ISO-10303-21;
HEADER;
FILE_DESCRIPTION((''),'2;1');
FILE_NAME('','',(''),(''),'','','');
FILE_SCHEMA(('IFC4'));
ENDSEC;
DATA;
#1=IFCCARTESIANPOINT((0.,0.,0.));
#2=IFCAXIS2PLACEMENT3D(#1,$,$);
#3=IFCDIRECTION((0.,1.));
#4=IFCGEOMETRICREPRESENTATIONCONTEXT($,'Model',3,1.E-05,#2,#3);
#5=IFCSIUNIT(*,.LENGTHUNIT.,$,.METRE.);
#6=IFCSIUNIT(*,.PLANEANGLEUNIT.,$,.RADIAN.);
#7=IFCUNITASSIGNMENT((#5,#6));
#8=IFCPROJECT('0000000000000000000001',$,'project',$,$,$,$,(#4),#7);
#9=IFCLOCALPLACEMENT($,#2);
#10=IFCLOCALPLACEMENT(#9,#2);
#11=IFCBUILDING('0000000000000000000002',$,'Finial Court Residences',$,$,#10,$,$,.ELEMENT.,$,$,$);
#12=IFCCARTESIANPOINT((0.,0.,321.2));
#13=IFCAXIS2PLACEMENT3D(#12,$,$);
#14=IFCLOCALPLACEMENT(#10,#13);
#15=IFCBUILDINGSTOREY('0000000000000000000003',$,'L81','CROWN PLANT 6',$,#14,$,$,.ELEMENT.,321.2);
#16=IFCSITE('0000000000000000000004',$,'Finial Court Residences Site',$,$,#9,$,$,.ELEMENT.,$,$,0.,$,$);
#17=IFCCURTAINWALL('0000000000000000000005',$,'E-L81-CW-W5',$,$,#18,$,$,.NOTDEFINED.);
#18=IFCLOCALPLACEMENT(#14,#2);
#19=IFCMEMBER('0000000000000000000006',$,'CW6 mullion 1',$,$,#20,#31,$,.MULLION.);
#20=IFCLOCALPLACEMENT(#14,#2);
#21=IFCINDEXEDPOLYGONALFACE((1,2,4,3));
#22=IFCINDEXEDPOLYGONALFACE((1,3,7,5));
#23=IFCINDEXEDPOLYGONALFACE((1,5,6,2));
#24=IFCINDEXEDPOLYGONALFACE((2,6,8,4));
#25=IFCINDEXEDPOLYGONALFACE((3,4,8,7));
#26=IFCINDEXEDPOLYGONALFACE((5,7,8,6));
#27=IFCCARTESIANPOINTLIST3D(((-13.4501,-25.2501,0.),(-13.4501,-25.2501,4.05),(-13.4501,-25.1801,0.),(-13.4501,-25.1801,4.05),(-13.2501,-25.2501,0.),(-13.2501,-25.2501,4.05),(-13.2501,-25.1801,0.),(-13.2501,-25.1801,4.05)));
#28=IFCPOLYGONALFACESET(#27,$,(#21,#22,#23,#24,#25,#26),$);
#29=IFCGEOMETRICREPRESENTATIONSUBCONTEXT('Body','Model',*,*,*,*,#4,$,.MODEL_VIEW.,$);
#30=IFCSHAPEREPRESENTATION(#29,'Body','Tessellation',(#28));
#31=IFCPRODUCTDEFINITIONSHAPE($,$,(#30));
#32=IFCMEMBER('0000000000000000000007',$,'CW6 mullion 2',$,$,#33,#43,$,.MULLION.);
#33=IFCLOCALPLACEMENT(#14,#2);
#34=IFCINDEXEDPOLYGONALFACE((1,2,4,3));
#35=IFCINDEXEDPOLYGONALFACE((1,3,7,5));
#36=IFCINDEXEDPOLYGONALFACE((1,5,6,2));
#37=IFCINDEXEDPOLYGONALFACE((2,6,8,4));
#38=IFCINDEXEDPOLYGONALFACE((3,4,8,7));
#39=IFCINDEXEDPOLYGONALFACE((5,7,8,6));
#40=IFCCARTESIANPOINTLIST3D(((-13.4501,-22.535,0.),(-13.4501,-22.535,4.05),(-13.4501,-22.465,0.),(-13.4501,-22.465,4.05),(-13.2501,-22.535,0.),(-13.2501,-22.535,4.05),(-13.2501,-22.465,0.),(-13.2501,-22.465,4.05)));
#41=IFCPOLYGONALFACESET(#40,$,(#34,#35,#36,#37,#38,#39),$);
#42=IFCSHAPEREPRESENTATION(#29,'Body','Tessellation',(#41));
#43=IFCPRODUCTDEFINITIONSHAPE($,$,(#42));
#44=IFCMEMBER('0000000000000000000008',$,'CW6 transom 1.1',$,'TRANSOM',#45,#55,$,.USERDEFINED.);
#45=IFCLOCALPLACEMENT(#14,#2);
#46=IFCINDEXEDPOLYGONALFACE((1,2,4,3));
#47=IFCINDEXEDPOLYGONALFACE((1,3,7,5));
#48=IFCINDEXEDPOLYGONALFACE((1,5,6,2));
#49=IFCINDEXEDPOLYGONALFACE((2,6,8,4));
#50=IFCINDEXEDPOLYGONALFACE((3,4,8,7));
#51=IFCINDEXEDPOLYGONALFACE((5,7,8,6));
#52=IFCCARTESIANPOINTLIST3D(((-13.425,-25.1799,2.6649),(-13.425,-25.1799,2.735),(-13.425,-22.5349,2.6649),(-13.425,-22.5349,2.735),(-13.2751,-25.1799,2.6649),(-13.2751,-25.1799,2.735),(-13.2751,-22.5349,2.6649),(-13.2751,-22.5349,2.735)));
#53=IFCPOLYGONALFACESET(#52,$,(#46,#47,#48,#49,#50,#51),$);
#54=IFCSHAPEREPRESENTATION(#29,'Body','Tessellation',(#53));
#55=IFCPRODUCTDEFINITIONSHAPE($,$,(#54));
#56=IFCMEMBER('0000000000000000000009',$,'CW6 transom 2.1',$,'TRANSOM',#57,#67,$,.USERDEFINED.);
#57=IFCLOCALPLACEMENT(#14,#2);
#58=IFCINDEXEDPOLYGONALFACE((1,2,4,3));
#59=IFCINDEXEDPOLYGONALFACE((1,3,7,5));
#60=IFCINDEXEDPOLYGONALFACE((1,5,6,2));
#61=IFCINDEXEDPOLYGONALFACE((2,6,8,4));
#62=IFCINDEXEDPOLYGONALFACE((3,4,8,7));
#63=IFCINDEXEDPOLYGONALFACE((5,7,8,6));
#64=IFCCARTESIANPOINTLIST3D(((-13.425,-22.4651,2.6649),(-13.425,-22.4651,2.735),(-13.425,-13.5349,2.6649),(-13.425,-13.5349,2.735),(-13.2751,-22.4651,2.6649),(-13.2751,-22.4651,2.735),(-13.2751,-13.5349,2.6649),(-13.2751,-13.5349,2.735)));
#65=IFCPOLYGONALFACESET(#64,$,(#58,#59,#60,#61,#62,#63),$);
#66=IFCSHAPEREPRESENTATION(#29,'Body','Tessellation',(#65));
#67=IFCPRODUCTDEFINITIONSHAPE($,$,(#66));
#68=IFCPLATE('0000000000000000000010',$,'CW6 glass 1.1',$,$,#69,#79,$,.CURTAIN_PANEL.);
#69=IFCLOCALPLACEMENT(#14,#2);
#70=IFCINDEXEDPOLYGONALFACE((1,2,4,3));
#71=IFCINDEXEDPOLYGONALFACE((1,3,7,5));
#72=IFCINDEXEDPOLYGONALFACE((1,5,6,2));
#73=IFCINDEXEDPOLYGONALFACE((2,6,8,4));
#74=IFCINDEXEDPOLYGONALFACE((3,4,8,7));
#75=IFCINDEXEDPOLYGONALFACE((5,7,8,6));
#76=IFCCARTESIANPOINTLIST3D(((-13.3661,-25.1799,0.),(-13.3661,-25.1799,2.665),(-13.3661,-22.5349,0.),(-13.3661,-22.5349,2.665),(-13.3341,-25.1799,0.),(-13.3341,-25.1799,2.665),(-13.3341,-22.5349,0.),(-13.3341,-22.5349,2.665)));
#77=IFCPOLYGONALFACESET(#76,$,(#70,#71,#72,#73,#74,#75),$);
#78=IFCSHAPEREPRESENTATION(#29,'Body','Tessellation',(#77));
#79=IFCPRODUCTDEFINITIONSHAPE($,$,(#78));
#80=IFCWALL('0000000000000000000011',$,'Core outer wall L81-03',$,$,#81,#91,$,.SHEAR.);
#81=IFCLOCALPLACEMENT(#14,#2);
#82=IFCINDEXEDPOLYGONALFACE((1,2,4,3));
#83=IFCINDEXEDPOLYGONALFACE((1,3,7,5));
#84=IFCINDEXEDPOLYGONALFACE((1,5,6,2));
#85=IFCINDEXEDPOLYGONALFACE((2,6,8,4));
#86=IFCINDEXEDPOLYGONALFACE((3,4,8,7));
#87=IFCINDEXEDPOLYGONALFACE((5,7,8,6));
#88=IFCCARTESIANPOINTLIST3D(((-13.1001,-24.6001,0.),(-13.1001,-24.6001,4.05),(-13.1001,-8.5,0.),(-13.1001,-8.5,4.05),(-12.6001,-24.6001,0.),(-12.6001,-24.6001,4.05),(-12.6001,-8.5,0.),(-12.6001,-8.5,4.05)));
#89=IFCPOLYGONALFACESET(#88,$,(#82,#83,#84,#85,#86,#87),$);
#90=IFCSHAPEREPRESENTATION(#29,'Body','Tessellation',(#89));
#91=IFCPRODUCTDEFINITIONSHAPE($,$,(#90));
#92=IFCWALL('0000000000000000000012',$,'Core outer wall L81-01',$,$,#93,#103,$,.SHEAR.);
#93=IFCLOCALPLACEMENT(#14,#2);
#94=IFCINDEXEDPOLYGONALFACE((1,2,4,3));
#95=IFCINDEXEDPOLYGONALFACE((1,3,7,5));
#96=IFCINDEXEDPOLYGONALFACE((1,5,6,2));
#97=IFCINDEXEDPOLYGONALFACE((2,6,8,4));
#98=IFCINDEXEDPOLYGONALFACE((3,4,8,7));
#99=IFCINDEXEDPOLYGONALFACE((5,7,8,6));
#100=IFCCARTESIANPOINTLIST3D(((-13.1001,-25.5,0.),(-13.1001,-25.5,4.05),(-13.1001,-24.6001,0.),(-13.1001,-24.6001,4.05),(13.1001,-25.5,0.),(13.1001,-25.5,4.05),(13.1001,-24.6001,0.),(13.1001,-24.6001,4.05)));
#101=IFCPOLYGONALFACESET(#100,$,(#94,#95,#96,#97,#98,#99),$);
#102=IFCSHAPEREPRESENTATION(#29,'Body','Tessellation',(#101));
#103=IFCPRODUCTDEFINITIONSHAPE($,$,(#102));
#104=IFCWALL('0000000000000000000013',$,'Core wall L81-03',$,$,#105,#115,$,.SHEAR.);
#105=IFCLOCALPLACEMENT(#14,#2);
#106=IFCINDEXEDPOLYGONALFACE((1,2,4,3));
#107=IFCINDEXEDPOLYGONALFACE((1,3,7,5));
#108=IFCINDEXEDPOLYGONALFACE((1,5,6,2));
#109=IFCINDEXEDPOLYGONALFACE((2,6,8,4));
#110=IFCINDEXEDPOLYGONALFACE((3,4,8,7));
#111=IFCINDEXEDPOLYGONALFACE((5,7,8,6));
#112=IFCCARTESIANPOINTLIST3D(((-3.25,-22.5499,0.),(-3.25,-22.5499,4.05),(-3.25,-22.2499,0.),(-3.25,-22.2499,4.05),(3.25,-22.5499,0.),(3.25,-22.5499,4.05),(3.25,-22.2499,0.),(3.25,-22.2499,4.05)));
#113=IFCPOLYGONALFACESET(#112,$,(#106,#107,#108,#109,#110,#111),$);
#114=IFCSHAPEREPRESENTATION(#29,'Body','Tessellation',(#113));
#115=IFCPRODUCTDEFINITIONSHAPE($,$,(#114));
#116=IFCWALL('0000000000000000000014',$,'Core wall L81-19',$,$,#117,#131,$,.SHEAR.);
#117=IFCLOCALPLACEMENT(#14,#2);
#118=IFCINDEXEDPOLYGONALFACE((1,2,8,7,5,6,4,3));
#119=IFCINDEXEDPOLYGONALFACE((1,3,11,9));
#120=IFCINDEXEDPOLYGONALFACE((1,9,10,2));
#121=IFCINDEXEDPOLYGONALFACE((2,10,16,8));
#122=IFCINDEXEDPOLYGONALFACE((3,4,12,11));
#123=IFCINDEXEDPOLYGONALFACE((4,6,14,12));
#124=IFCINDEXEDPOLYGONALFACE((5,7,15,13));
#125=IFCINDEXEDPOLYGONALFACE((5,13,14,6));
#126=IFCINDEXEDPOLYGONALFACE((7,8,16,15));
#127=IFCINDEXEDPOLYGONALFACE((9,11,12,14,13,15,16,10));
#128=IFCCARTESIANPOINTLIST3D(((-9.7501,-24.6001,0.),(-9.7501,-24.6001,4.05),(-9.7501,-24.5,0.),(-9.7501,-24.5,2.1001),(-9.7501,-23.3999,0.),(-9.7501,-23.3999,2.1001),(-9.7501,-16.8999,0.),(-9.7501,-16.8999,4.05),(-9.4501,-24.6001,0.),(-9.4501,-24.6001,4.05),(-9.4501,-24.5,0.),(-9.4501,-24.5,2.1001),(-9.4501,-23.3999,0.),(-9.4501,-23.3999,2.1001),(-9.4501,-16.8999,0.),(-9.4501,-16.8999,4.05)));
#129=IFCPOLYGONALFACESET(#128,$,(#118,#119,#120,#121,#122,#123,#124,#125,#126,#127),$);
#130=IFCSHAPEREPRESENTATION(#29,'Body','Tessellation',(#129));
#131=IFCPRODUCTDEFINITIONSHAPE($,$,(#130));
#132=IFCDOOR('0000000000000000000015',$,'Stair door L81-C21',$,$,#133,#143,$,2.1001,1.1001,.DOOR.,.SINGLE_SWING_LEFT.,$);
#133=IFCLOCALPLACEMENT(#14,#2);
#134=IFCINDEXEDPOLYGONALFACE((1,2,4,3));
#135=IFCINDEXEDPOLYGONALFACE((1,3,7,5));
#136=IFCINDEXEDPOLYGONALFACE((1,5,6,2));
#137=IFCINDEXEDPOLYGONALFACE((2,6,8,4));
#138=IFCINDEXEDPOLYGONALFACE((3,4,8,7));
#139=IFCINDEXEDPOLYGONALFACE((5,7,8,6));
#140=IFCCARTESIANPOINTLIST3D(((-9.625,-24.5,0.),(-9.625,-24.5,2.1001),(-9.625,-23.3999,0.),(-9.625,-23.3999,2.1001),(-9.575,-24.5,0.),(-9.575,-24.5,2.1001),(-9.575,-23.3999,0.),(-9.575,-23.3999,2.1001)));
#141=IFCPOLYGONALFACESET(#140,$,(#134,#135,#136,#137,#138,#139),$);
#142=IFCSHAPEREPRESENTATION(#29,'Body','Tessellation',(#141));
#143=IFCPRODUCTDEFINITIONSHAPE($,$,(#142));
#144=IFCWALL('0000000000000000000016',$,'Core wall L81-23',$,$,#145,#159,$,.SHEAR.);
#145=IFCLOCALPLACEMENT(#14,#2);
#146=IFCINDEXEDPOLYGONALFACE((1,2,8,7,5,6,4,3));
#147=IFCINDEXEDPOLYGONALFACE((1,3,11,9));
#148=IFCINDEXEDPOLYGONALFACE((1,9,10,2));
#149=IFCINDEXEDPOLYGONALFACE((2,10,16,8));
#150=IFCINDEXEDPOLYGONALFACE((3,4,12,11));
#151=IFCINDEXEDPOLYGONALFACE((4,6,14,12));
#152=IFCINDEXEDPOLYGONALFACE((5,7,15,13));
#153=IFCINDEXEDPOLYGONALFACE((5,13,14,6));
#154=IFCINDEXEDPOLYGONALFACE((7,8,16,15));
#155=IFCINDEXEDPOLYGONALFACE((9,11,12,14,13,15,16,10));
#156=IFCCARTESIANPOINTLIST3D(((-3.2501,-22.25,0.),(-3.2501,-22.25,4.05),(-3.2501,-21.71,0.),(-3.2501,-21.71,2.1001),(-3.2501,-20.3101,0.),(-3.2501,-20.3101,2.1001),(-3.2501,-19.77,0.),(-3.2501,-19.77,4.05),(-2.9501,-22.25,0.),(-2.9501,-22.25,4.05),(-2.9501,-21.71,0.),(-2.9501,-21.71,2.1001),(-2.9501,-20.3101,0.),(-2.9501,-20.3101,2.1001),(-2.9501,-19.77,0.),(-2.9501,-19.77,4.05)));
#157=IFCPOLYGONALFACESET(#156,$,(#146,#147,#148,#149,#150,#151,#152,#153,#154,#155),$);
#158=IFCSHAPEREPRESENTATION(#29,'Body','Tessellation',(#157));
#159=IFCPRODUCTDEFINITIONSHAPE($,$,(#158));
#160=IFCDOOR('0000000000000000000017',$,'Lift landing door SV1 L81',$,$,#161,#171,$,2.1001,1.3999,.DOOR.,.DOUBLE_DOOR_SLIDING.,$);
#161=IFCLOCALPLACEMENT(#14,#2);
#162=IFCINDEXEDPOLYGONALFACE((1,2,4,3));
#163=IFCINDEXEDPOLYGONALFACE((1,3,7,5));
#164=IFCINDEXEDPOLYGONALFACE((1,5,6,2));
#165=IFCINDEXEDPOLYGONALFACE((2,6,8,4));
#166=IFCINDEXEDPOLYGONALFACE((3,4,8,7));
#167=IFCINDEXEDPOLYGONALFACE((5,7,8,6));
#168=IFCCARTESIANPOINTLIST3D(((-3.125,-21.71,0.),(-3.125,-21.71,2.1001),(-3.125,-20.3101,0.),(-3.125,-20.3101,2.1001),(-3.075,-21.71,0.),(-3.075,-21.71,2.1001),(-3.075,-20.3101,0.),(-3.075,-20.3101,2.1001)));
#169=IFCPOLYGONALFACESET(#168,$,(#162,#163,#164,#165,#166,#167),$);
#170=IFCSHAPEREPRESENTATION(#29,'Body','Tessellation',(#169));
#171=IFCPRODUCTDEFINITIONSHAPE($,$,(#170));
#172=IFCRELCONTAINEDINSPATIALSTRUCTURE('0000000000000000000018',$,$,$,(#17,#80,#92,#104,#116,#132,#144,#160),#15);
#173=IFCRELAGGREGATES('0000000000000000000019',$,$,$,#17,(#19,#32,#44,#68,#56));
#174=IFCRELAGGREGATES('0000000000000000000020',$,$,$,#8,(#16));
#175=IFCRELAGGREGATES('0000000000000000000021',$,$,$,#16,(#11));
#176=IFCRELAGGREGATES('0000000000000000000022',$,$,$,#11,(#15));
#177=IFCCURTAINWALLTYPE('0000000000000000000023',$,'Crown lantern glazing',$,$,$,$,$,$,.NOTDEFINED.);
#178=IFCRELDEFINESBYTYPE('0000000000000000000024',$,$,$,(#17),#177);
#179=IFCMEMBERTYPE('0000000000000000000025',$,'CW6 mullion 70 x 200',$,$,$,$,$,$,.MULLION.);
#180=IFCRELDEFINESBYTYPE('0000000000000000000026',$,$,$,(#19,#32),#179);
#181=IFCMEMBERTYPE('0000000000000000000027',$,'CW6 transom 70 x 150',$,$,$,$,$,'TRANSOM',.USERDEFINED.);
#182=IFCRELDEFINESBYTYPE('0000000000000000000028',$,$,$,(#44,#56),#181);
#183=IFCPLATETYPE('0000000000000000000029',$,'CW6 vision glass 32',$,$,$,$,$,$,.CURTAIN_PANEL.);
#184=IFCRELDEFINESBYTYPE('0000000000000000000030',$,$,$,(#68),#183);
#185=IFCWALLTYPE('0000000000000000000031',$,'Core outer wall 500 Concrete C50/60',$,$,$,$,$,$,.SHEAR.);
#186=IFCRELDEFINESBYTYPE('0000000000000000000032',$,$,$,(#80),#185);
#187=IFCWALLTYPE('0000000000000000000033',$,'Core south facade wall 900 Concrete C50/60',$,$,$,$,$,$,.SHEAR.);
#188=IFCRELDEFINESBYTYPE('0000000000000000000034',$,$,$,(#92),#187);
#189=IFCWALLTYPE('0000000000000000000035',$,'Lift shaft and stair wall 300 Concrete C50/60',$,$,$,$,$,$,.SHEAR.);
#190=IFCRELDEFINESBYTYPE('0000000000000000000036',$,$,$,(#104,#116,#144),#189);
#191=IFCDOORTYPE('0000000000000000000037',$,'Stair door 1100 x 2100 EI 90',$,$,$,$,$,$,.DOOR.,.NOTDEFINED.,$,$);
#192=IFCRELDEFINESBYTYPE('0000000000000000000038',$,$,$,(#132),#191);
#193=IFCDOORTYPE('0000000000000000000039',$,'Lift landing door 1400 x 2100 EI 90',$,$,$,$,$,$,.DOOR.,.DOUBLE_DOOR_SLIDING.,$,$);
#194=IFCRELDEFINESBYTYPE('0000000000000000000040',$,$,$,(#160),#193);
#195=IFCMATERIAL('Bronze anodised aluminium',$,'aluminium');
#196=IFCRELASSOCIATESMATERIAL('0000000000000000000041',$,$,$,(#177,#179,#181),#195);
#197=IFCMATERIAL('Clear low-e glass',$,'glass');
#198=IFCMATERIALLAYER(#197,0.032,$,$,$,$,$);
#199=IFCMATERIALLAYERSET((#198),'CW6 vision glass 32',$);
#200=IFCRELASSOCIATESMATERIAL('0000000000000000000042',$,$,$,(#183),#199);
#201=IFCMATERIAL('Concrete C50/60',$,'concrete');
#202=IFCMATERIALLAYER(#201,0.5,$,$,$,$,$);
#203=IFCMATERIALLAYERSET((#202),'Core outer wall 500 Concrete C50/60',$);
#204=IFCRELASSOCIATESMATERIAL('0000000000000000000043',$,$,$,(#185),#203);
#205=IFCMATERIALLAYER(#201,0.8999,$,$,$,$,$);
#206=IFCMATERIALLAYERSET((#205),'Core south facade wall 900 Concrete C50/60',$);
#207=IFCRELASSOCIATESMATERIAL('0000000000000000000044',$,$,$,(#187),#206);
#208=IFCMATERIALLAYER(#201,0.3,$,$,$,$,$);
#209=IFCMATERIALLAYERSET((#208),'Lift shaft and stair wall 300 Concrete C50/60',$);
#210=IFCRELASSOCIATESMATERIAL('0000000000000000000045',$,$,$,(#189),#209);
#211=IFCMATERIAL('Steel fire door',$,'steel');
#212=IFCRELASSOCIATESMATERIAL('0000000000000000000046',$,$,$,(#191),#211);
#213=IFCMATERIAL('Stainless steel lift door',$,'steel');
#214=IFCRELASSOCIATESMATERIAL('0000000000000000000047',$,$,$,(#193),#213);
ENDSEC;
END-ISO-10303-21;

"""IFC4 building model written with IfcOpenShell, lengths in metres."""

from ifc_helpers import new_model, si_unit, direction, frame, frame_2d, origin, origin_2d, place, context, subcontext, project, spatial, rectangle, extrude, material, layer, layer_set, material_profile, profile_set, type_object, element, fill, aggregate, save


model = new_model("IFC4")

# Units and contexts
model_context = context("Model", 3, precision=1e-05, world=origin(), true_north=direction((0.0, 1.0)))
body_context = subcontext(model_context, "Body", "Model", "MODEL_VIEW")
ifc_project = project(units=[si_unit("LENGTHUNIT", "METRE"), si_unit("PLANEANGLEUNIT", "RADIAN")], contexts=[model_context])

# Site, building, storey
site_placement = place(None, origin())
site = spatial("IfcSite", under=ifc_project, at=site_placement, Name="Finial Court Residences Site", CompositionType="ELEMENT", RefElevation=0.0)
building_placement = place(site_placement, origin())
building = spatial("IfcBuilding", under=site, at=building_placement, Name="Finial Court Residences", CompositionType="ELEMENT")
storey_placement = place(building_placement, frame((0.0, 0.0, 321.2)))
storey = spatial("IfcBuildingStorey", under=building, at=storey_placement, Name="L81", Description="CROWN PLANT 6", CompositionType="ELEMENT", Elevation=321.2)

# Curtain wall, members, plate
ifc_material_1 = material(Name="Bronze anodised aluminium", Category="aluminium")
curtain_wall_type = type_object("IfcCurtainWallType", Name="Crown lantern glazing", PredefinedType="NOTDEFINED", material=ifc_material_1)
curtain_wall_placement = place(storey_placement, origin())
curtain_wall = element("IfcCurtainWall", 1, at=curtain_wall_placement, inside=storey, type_object=curtain_wall_type, Name="E-L81-CW-W5", PredefinedType="NOTDEFINED")
ifc_material_profile_1 = material_profile(ifc_material_1, rectangle(XDim=0.2, YDim=0.0701, at=origin_2d()), Name="CW6 mullion 70 x 200")
ifc_profile_set_1 = profile_set([ifc_material_profile_1], Name="Bronze anodised aluminium")
member_type_1 = type_object("IfcMemberType", Name="CW6 mullion 70 x 200", PredefinedType="MULLION", material=ifc_profile_set_1)
member_1_placement = place(storey_placement, frame((-13.3501, -25.2151, 0.0), z_axis=(0.0, 0.0, 1.0), x_axis=(-1.0, 0.0, 0.0)))
member_1 = element("IfcMember", 2, at=member_1_placement, type_object=member_type_1, Name="CW6 mullion 1", PredefinedType="MULLION", context=body_context, shape_type="SweptSolid", body=[
    extrude(rectangle(XDim=0.2, YDim=0.0701, at=origin_2d()), origin(), (0.0, 0.0, 1.0), 4.05),
])
member_2_placement = place(storey_placement, frame((-13.3501, -22.5, 0.0), z_axis=(0.0, 0.0, 1.0), x_axis=(-1.0, 0.0, 0.0)))
member_2 = element("IfcMember", 3, at=member_2_placement, type_object=member_type_1, Name="CW6 mullion 2", PredefinedType="MULLION", context=body_context, shape_type="SweptSolid", body=[
    extrude(rectangle(XDim=0.2, YDim=0.0701, at=origin_2d()), origin(), (0.0, 0.0, 1.0), 4.05),
])
ifc_material_profile_2 = material_profile(ifc_material_1, rectangle(XDim=0.1499, YDim=0.0701, at=origin_2d()), Name="CW6 transom 70 x 150")
ifc_profile_set_2 = profile_set([ifc_material_profile_2], Name="Bronze anodised aluminium")
member_type_2 = type_object("IfcMemberType", Name="CW6 transom 70 x 150", ElementType="TRANSOM", PredefinedType="USERDEFINED", material=ifc_profile_set_2)
member_3_placement = place(storey_placement, frame((-13.3501, -25.1799, 2.7), z_axis=(0.0, 1.0, 0.0), x_axis=(-1.0, 0.0, 0.0)))
member_3 = element("IfcMember", 4, at=member_3_placement, type_object=member_type_2, Name="CW6 transom 1.1", ObjectType="TRANSOM", PredefinedType="USERDEFINED", context=body_context, shape_type="SweptSolid", body=[
    extrude(rectangle(XDim=0.1499, YDim=0.0701, at=origin_2d()), origin(), (0.0, 0.0, 1.0), 2.645),
])
member_4_placement = place(storey_placement, frame((-13.3501, -22.4651, 2.7), z_axis=(0.0, 1.0, 0.0), x_axis=(-1.0, 0.0, 0.0)))
member_4 = element("IfcMember", 5, at=member_4_placement, type_object=member_type_2, Name="CW6 transom 2.1", ObjectType="TRANSOM", PredefinedType="USERDEFINED", context=body_context, shape_type="SweptSolid", body=[
    extrude(rectangle(XDim=0.1499, YDim=0.0701, at=origin_2d()), origin(), (0.0, 0.0, 1.0), 8.9302),
])
ifc_material_2 = material(Name="Clear low-e glass", Category="glass")
ifc_layer_1 = layer(ifc_material_2, 0.032)
ifc_layer_set_1 = layer_set([ifc_layer_1], Name="CW6 vision glass 32")
plate_type = type_object("IfcPlateType", Name="CW6 vision glass 32", PredefinedType="CURTAIN_PANEL", material=ifc_layer_set_1)
plate_placement = place(storey_placement, frame((-13.3501, -23.8574, 0.0), z_axis=(0.0, 0.0, 1.0), x_axis=(0.0, 1.0, 0.0)))
plate = element("IfcPlate", 6, at=plate_placement, type_object=plate_type, Name="CW6 glass 1.1", PredefinedType="CURTAIN_PANEL", context=body_context, shape_type="SweptSolid", body=[
    extrude(rectangle(XDim=2.645, YDim=0.032, at=origin_2d()), origin(), (0.0, 0.0, 1.0), 2.665),
])

# Walls
ifc_material_3 = material(Name="Concrete C50/60", Category="concrete")
ifc_layer_2 = layer(ifc_material_3, 0.5)
ifc_layer_set_2 = layer_set([ifc_layer_2], Name="Core outer wall 500 Concrete C50/60")
wall_type_1 = type_object("IfcWallType", Name="Core outer wall 500 Concrete C50/60", PredefinedType="SHEAR", material=ifc_layer_set_2)
wall_1_placement = place(storey_placement, frame((-12.8501, -24.6001, 0.0), z_axis=(0.0, 0.0, 1.0), x_axis=(0.0, 1.0, 0.0)))
element("IfcWall", 7, at=wall_1_placement, inside=storey, type_object=wall_type_1, Name="Core outer wall L81-03", PredefinedType="SHEAR", context=body_context, shape_type="SweptSolid", body=[
    extrude(rectangle(XDim=16.1001, YDim=0.5, at=frame_2d((8.05, 0.0))), origin(), (0.0, 0.0, 1.0), 4.05),
])
ifc_layer_3 = layer(ifc_material_3, 0.8999)
ifc_layer_set_3 = layer_set([ifc_layer_3], Name="Core south facade wall 900 Concrete C50/60")
wall_type_2 = type_object("IfcWallType", Name="Core south facade wall 900 Concrete C50/60", PredefinedType="SHEAR", material=ifc_layer_set_3)
wall_2_placement = place(storey_placement, frame((-13.1001, -25.05, 0.0), z_axis=(0.0, 0.0, 1.0), x_axis=(1.0, 0.0, 0.0)))
element("IfcWall", 8, at=wall_2_placement, inside=storey, type_object=wall_type_2, Name="Core outer wall L81-01", PredefinedType="SHEAR", context=body_context, shape_type="SweptSolid", body=[
    extrude(rectangle(XDim=26.2002, YDim=0.8999, at=frame_2d((13.1001, 0.0))), origin(), (0.0, 0.0, 1.0), 4.05),
])
ifc_layer_4 = layer(ifc_material_3, 0.3)
ifc_layer_set_4 = layer_set([ifc_layer_4], Name="Lift shaft and stair wall 300 Concrete C50/60")
wall_type_3 = type_object("IfcWallType", Name="Lift shaft and stair wall 300 Concrete C50/60", PredefinedType="SHEAR", material=ifc_layer_set_4)
wall_3_placement = place(storey_placement, frame((-3.25, -22.3999, 0.0), z_axis=(0.0, 0.0, 1.0), x_axis=(1.0, 0.0, 0.0)))
element("IfcWall", 9, at=wall_3_placement, inside=storey, type_object=wall_type_3, Name="Core wall L81-03", PredefinedType="SHEAR", context=body_context, shape_type="SweptSolid", body=[
    extrude(rectangle(XDim=6.5, YDim=0.3, at=frame_2d((3.25, 0.0))), origin(), (0.0, 0.0, 1.0), 4.05),
])

# Walls, openings, doors
wall_4_placement = place(storey_placement, frame((-9.6001, -24.6001, 0.0), z_axis=(0.0, 0.0, 1.0), x_axis=(0.0, 1.0, 0.0)))
wall_4 = element("IfcWall", 10, at=wall_4_placement, inside=storey, type_object=wall_type_3, Name="Core wall L81-19", PredefinedType="SHEAR", context=body_context, shape_type="SweptSolid", body=[
    extrude(rectangle(XDim=7.7002, YDim=0.3, at=frame_2d((3.8501, 0.0))), origin(), (0.0, 0.0, 1.0), 4.05),
])
opening_1_placement = place(wall_4_placement, frame((0.1001, 0.0, 0.0)))
opening_1 = element("IfcOpeningElement", 11, at=opening_1_placement, cuts=wall_4, PredefinedType="OPENING", context=body_context, shape_type="SweptSolid", body=[
    extrude(rectangle(XDim=1.1001, YDim=2.1001, at=frame_2d((0.55, 1.05))), frame((0.0, 0.1599, 0.0), z_axis=(0.0, -1.0, 0.0), x_axis=(1.0, 0.0, 0.0)), (0.0, 0.0, 1.0), 0.3201),
])
ifc_material_4 = material(Name="Steel fire door", Category="steel")
door_type_1 = type_object("IfcDoorType", Name="Stair door 1100 x 2100 EI 90", OperationType="NOTDEFINED", PredefinedType="DOOR", material=ifc_material_4)
door_1_placement = place(opening_1_placement, origin())
door_1 = element("IfcDoor", 12, at=door_1_placement, inside=storey, type_object=door_type_1, Name="Stair door L81-C21", OperationType="SINGLE_SWING_LEFT", OverallHeight=2.1001, OverallWidth=1.1001, PredefinedType="DOOR", context=body_context, shape_type="SweptSolid", body=[
    extrude(rectangle(XDim=1.1001, YDim=2.1001, at=frame_2d((0.55, 1.05))), frame((0.0, 0.0249, 0.0), z_axis=(0.0, -1.0, 0.0), x_axis=(1.0, 0.0, 0.0)), (0.0, 0.0, 1.0), 0.05),
])
fill(opening_1, door_1)
wall_5_placement = place(storey_placement, frame((-3.1001, -22.25, 0.0), z_axis=(0.0, 0.0, 1.0), x_axis=(0.0, 1.0, 0.0)))
wall_5 = element("IfcWall", 13, at=wall_5_placement, inside=storey, type_object=wall_type_3, Name="Core wall L81-23", PredefinedType="SHEAR", context=body_context, shape_type="SweptSolid", body=[
    extrude(rectangle(XDim=2.48, YDim=0.3, at=frame_2d((1.24, 0.0))), origin(), (0.0, 0.0, 1.0), 4.05),
])
opening_2_placement = place(wall_5_placement, frame((0.54, 0.0, 0.0)))
opening_2 = element("IfcOpeningElement", 14, at=opening_2_placement, cuts=wall_5, PredefinedType="OPENING", context=body_context, shape_type="SweptSolid", body=[
    extrude(rectangle(XDim=1.3999, YDim=2.1001, at=frame_2d((0.7, 1.05))), frame((0.0, 0.1599, 0.0), z_axis=(0.0, -1.0, 0.0), x_axis=(1.0, 0.0, 0.0)), (0.0, 0.0, 1.0), 0.3201),
])
ifc_material_5 = material(Name="Stainless steel lift door", Category="steel")
door_type_2 = type_object("IfcDoorType", Name="Lift landing door 1400 x 2100 EI 90", OperationType="DOUBLE_DOOR_SLIDING", PredefinedType="DOOR", material=ifc_material_5)
door_2_placement = place(opening_2_placement, origin())
door_2 = element("IfcDoor", 15, at=door_2_placement, inside=storey, type_object=door_type_2, Name="Lift landing door SV1 L81", OperationType="DOUBLE_DOOR_SLIDING", OverallHeight=2.1001, OverallWidth=1.3999, PredefinedType="DOOR", context=body_context, shape_type="SweptSolid", body=[
    extrude(rectangle(XDim=1.3999, YDim=2.1001, at=frame_2d((0.7, 1.05))), frame((0.0, 0.0249, 0.0), z_axis=(0.0, -1.0, 0.0), x_axis=(1.0, 0.0, 0.0)), (0.0, 0.0, 1.0), 0.05),
])
fill(opening_2, door_2)

aggregate(curtain_wall, [member_1, member_2, member_3, plate, member_4])

save(model, "model.ifc")
